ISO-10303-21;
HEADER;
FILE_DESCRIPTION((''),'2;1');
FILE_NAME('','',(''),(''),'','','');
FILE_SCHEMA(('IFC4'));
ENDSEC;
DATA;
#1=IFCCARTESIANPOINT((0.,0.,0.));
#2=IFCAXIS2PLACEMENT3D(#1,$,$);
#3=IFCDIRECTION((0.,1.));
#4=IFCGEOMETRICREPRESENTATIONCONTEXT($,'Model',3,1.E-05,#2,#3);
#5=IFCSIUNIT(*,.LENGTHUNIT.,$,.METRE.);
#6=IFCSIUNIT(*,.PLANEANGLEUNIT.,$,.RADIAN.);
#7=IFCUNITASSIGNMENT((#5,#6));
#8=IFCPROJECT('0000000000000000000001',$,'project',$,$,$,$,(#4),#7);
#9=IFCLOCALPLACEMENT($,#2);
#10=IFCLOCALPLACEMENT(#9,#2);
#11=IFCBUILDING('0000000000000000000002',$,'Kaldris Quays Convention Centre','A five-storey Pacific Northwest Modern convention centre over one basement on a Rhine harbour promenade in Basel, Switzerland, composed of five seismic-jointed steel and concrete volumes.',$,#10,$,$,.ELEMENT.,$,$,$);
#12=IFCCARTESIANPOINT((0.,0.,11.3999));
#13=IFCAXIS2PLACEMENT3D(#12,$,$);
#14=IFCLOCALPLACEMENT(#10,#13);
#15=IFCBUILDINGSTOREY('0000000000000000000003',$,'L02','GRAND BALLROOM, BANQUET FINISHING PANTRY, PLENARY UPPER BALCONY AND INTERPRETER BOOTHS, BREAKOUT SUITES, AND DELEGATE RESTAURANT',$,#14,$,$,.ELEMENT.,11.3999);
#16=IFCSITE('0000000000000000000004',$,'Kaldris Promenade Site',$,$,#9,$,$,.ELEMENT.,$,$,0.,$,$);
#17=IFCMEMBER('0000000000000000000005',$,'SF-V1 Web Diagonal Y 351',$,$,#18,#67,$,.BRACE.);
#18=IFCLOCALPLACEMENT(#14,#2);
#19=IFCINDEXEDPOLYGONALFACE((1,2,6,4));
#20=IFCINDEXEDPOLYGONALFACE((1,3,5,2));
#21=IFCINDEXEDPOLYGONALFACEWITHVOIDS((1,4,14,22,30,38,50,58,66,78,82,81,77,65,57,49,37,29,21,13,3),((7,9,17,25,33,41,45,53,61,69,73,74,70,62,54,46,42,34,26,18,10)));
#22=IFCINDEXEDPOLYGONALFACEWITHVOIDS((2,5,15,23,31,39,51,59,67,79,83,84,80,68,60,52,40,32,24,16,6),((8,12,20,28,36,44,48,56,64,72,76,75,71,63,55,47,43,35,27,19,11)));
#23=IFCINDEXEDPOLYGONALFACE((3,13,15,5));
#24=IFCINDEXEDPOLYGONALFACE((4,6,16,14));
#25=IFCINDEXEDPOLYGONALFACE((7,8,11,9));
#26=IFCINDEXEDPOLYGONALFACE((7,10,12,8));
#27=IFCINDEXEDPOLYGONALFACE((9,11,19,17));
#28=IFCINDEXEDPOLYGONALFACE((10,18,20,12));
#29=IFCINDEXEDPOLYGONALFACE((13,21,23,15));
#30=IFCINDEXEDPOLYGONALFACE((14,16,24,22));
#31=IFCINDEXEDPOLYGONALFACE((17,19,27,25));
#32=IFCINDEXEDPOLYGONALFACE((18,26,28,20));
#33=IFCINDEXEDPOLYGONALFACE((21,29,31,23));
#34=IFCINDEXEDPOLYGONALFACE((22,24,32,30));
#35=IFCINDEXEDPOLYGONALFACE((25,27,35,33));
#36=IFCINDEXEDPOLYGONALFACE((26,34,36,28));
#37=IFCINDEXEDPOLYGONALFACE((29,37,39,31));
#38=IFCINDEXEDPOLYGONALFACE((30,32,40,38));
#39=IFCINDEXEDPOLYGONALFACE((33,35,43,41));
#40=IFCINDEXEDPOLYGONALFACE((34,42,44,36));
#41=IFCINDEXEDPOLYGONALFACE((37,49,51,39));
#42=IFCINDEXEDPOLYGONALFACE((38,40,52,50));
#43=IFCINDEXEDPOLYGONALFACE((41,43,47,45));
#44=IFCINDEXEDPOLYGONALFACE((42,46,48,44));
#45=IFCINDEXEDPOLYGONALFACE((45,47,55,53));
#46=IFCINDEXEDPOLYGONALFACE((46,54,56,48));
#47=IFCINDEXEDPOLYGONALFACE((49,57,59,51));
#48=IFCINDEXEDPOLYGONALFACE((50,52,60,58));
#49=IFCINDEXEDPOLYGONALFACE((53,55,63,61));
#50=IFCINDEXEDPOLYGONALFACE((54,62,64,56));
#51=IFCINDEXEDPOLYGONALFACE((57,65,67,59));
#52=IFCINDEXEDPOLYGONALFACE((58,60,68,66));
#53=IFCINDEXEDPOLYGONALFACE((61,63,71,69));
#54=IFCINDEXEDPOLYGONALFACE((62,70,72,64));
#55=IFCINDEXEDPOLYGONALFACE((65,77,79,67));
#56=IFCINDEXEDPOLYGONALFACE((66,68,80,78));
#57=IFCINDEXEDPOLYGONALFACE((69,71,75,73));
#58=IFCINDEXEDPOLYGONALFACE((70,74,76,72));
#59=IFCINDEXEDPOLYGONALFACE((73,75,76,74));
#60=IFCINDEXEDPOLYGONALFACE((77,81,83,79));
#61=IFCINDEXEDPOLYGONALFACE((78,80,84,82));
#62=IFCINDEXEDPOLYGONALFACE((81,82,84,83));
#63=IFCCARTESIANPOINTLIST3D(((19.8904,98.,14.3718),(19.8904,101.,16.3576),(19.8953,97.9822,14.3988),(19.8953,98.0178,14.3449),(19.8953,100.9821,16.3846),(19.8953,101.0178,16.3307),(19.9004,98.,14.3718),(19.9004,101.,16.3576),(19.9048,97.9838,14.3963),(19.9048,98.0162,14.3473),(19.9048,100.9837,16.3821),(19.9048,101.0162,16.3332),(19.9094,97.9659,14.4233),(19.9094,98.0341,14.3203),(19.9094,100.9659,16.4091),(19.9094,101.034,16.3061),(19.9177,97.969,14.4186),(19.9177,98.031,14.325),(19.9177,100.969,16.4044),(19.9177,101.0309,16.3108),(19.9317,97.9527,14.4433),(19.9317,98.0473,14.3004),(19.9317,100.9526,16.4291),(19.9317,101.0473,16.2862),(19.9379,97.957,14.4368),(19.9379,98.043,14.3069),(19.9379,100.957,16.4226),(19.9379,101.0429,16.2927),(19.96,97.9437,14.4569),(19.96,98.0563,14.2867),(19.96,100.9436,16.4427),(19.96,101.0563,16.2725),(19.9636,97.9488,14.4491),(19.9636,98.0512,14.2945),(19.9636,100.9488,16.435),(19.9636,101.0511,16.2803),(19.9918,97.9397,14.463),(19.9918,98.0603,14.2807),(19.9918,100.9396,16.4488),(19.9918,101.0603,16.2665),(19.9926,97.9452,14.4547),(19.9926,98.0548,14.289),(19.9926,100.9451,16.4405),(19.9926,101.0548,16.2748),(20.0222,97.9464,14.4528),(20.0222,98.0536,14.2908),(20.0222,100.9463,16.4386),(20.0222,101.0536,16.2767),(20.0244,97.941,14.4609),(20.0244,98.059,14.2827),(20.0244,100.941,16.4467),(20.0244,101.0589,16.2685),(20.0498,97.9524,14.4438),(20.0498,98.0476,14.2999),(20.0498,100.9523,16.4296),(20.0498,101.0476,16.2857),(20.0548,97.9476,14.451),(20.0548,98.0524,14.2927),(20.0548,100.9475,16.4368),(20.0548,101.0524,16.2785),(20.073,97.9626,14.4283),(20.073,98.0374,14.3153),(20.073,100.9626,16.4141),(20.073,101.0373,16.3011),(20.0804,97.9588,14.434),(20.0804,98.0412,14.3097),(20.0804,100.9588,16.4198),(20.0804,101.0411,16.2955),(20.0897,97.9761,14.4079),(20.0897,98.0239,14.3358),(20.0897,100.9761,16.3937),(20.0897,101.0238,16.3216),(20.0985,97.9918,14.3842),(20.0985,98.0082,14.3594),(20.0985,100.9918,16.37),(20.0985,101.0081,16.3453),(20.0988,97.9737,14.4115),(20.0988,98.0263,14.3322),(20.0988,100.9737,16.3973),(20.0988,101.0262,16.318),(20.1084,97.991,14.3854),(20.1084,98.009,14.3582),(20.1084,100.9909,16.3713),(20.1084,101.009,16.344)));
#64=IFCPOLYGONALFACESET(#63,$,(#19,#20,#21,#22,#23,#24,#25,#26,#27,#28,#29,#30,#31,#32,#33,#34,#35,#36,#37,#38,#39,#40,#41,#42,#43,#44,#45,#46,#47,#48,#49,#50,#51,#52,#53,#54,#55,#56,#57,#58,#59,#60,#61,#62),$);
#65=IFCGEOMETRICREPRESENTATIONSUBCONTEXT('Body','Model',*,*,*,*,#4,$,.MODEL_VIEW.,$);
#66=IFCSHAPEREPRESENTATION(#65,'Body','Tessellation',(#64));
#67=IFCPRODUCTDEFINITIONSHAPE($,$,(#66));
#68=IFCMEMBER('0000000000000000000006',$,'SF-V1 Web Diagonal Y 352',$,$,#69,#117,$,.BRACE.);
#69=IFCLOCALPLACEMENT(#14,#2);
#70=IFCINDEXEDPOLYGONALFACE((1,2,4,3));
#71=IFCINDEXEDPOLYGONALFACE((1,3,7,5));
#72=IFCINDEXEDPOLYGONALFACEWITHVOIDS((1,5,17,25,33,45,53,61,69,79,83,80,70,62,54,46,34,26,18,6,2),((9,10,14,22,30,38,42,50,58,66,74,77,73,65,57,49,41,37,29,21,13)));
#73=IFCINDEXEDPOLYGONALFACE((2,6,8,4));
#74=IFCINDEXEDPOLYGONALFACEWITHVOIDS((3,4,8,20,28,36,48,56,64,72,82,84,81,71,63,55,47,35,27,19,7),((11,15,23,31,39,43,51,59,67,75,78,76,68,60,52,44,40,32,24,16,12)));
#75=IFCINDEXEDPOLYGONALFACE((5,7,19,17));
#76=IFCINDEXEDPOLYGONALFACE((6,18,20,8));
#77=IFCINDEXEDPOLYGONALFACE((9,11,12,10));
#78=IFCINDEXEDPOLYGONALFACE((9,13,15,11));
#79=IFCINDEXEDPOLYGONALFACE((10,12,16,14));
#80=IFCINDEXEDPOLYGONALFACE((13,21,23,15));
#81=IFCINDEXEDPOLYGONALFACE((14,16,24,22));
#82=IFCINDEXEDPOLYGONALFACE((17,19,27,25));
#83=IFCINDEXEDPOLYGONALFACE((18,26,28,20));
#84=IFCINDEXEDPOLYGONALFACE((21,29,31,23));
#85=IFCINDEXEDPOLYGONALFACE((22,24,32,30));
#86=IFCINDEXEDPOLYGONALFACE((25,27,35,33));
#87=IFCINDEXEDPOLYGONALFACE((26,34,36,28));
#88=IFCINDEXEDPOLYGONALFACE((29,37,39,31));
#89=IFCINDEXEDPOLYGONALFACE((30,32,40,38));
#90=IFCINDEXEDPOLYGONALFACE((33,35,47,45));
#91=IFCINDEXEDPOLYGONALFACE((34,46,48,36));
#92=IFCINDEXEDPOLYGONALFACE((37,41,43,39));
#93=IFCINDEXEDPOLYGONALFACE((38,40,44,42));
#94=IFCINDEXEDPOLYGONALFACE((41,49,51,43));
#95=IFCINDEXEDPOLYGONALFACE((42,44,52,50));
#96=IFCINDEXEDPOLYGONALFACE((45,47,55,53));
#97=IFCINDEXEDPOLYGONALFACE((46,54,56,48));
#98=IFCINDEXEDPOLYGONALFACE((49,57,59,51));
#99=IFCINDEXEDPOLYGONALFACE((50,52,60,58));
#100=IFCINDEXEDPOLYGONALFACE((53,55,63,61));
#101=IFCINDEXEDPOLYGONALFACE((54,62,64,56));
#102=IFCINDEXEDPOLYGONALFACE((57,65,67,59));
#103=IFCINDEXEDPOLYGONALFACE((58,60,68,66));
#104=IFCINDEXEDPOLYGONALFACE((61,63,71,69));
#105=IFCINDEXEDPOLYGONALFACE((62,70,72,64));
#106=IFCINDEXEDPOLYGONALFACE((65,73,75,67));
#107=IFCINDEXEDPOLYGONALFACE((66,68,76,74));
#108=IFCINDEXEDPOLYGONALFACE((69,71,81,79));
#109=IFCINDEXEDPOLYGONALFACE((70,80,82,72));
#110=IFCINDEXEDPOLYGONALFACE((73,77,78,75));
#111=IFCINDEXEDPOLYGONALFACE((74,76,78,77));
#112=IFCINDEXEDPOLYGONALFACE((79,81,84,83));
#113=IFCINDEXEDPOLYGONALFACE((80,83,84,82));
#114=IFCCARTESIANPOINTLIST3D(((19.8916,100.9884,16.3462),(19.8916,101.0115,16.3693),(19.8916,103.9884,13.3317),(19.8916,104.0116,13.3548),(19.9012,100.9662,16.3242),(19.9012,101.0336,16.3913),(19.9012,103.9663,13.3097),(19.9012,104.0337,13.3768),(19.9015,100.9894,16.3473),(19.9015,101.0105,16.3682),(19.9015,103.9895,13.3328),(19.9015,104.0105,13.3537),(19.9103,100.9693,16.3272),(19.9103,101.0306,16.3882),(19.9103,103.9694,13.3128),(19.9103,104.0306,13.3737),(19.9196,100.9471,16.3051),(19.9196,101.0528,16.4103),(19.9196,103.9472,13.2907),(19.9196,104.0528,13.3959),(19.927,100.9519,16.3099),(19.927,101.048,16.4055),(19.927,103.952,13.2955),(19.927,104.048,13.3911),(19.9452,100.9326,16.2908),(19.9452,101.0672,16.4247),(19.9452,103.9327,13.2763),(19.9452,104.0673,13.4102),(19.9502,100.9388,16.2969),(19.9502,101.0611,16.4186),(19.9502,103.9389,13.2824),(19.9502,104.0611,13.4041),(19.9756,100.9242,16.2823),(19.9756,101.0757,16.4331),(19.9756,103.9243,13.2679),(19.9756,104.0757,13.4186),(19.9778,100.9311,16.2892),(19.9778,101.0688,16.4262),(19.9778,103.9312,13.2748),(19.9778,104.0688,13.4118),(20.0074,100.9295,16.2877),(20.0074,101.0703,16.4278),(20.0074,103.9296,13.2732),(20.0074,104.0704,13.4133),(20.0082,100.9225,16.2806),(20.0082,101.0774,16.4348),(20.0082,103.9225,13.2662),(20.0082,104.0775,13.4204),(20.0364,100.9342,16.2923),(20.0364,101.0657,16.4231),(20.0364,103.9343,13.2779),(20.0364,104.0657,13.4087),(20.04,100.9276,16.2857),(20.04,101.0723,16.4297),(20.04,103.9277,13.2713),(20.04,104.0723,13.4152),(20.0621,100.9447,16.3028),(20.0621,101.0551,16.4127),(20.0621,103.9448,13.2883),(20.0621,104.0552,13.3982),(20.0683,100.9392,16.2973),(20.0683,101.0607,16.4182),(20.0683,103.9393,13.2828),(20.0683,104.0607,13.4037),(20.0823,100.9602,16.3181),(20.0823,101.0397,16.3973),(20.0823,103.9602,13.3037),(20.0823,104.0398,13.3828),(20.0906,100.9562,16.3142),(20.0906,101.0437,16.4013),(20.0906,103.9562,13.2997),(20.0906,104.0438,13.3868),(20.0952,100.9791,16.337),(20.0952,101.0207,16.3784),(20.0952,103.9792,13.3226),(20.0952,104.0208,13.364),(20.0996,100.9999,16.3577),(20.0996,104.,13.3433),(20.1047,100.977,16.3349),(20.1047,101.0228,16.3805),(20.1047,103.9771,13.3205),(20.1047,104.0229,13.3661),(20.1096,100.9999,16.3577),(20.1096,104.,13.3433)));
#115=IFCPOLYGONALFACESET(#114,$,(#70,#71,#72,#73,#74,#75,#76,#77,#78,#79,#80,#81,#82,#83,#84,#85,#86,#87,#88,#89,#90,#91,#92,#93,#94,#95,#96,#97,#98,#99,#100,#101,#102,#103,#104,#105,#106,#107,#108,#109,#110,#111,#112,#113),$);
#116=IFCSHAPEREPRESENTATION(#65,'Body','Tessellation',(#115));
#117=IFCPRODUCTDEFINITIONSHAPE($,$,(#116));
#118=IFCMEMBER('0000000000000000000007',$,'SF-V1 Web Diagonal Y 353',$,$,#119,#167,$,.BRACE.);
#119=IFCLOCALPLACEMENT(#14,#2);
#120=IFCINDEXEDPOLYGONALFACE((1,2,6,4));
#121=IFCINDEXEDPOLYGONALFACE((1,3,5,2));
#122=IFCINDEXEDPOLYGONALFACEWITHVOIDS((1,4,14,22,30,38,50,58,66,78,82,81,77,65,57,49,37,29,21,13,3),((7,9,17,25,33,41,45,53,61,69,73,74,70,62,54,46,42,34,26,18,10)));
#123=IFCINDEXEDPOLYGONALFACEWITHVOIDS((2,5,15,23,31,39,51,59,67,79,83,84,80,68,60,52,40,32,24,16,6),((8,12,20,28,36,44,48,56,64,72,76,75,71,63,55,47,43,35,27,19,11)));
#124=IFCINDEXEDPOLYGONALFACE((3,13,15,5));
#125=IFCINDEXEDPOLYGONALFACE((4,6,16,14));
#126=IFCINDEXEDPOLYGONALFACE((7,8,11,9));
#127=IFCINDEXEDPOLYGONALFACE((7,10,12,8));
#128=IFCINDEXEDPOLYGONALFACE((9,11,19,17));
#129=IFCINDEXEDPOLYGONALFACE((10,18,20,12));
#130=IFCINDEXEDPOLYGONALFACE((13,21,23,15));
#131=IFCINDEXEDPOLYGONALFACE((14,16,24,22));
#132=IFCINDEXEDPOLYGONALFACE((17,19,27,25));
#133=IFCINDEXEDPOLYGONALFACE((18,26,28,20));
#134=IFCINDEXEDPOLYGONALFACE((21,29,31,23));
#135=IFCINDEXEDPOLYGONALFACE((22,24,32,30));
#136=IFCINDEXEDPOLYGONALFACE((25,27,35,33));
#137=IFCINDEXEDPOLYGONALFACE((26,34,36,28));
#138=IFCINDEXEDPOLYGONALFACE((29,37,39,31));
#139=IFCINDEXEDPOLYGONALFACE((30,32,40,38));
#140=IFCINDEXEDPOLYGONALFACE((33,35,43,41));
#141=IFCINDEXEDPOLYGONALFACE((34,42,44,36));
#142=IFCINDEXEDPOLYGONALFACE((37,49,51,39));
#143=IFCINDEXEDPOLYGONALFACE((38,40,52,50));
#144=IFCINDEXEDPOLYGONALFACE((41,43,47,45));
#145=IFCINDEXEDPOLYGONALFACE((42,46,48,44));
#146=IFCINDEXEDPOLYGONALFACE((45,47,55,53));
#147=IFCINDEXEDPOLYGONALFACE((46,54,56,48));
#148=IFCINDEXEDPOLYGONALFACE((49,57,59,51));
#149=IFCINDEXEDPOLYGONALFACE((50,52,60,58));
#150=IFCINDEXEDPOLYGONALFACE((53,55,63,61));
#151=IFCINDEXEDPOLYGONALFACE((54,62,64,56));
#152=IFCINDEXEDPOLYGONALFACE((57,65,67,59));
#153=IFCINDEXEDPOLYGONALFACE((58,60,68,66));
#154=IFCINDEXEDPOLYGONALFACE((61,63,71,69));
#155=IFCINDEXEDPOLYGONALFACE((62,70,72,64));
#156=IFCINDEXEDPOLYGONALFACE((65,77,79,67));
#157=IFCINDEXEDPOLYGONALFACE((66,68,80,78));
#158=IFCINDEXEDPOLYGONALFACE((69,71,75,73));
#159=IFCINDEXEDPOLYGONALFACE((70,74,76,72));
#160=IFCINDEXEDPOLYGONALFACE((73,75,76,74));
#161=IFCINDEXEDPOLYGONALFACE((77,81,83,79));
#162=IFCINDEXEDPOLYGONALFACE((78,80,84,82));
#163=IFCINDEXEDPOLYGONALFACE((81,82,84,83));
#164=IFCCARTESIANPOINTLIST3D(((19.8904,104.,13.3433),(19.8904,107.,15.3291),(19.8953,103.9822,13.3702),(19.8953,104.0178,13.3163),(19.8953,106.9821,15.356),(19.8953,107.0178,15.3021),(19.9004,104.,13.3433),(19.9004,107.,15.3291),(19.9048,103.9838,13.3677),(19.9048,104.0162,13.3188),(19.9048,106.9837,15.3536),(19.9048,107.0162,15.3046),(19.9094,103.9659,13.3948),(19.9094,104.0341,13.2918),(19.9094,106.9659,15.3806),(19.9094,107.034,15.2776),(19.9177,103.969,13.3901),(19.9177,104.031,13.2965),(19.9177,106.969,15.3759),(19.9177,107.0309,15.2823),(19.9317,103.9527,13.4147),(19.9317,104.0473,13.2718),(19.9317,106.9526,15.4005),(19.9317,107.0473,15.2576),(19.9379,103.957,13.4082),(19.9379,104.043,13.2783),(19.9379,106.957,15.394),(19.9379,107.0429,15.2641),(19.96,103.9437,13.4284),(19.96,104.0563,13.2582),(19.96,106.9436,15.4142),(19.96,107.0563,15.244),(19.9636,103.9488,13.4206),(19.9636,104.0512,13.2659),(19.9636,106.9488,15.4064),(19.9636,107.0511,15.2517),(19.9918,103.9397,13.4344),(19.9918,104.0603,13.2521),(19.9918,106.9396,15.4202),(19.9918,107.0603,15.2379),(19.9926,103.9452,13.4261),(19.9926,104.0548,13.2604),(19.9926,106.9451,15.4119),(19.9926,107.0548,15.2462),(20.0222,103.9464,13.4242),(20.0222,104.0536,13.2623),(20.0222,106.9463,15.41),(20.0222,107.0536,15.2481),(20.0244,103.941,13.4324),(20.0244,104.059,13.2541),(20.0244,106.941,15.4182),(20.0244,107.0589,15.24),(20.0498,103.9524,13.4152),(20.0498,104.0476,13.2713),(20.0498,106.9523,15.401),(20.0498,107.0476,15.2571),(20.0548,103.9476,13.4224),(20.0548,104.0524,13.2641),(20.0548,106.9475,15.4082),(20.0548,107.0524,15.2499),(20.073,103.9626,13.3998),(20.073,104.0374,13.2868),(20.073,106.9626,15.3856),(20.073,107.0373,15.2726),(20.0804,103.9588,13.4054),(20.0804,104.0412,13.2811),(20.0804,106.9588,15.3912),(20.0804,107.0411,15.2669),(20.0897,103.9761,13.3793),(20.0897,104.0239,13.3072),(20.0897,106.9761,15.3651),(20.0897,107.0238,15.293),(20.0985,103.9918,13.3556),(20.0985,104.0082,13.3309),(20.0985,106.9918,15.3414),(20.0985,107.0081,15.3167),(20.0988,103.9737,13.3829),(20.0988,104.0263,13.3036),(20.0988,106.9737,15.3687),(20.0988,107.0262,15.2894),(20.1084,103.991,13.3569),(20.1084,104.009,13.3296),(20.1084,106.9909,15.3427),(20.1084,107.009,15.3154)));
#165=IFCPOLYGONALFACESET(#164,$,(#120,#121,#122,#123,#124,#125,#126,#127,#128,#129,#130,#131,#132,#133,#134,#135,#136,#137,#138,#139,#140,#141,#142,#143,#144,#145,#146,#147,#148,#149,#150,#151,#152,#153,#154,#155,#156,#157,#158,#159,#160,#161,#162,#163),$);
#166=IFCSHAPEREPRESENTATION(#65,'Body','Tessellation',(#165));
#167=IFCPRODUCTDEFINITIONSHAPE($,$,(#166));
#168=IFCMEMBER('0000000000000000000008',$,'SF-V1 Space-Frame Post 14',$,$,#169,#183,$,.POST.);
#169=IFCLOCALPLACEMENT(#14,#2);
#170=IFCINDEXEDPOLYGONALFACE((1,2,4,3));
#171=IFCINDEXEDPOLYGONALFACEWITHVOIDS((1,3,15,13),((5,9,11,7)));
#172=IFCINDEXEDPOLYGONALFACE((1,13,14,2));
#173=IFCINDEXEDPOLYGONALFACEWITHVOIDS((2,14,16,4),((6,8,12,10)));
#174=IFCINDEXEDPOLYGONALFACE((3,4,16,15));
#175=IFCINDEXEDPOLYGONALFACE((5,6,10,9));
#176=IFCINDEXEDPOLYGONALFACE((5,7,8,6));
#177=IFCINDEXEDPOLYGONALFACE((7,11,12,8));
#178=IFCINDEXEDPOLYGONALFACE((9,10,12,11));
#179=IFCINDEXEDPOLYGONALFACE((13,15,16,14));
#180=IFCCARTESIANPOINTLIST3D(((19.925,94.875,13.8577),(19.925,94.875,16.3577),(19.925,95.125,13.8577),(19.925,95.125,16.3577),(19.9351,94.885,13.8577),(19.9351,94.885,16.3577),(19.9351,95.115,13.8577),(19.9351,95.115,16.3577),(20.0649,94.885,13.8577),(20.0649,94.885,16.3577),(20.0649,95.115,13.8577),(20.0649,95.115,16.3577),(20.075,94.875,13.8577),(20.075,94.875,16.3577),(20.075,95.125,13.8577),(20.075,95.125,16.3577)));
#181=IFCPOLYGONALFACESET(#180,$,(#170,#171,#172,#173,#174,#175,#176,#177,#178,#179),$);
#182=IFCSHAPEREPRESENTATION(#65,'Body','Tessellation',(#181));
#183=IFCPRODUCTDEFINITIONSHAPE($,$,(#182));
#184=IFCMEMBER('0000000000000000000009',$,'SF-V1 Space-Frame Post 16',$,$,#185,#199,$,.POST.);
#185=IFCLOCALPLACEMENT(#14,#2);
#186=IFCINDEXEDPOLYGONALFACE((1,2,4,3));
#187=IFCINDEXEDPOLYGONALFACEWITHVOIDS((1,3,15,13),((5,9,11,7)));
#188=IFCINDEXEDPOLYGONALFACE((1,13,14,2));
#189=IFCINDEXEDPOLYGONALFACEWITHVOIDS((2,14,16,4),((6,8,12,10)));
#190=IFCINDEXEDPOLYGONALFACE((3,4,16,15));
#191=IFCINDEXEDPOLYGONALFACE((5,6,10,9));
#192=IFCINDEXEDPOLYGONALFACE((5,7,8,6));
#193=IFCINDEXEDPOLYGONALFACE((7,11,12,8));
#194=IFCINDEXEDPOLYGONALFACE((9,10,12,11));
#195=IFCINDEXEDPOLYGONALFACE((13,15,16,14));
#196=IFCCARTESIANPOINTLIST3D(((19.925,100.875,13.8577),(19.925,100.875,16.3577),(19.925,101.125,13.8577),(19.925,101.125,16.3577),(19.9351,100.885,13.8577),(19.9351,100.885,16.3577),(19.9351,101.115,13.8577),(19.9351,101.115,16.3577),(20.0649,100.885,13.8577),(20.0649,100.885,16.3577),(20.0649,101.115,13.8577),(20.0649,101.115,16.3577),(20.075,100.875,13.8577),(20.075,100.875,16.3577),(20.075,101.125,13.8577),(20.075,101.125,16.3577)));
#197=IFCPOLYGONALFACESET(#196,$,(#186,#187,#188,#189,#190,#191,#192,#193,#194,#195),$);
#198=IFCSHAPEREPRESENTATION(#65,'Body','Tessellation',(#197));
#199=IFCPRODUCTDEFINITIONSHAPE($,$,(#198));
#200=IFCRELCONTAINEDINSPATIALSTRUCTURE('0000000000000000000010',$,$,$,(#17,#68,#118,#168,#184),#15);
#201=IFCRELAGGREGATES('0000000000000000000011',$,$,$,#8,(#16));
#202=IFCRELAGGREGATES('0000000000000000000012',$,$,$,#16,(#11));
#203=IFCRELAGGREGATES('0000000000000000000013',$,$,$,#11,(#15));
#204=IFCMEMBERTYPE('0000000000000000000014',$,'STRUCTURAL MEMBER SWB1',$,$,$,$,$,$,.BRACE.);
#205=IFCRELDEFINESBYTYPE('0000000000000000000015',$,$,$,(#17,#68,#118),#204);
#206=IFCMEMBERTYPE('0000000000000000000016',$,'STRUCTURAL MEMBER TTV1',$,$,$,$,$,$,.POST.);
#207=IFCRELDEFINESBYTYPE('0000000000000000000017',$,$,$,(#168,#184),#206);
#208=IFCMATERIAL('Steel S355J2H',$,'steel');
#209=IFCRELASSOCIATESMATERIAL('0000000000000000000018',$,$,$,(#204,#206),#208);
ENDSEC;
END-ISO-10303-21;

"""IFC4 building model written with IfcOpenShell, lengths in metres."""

from ifc_helpers import new_model, si_unit, direction, frame, origin, origin_2d, place, context, subcontext, project, spatial, hollow_rectangle, hollow_circle, extrude, material, material_profile, profile_set, type_object, element, save


model = new_model("IFC4")

# Units and contexts
model_context = context("Model", 3, precision=1e-05, world=origin(), true_north=direction((0.0, 1.0)))
body_context = subcontext(model_context, "Body", "Model", "MODEL_VIEW")
ifc_project = project(units=[si_unit("LENGTHUNIT", "METRE"), si_unit("PLANEANGLEUNIT", "RADIAN")], contexts=[model_context])

# Site, building, storey
site_placement = place(None, origin())
site = spatial("IfcSite", under=ifc_project, at=site_placement, Name="Kaldris Promenade Site", CompositionType="ELEMENT", RefElevation=0.0)
building_placement = place(site_placement, origin())
building = spatial("IfcBuilding", under=site, at=building_placement, Name="Kaldris Quays Convention Centre", Description="A five-storey Pacific Northwest Modern convention centre over one basement on a Rhine harbour promenade in Basel, Switzerland, composed of five seismic-jointed steel and concrete volumes.", CompositionType="ELEMENT")
storey_placement = place(building_placement, frame((0.0, 0.0, 11.3999)))
storey = spatial("IfcBuildingStorey", under=building, at=storey_placement, Name="L02", Description="GRAND BALLROOM, BANQUET FINISHING PANTRY, PLENARY UPPER BALCONY AND INTERPRETER BOOTHS, BREAKOUT SUITES, AND DELEGATE RESTAURANT", CompositionType="ELEMENT", Elevation=11.3999)

# Members
ifc_material_1 = material(Name="Steel S355J2H", Category="steel")
ifc_material_profile_1 = material_profile(ifc_material_1, hollow_circle(Radius=0.1096, WallThickness=0.01, at=origin_2d()), Name="CHS 219.1x10")
ifc_profile_set_1 = profile_set([ifc_material_profile_1], Name="Steel S355J2H")
member_type_1 = type_object("IfcMemberType", Name="STRUCTURAL MEMBER SWB1", PredefinedType="BRACE", material=ifc_profile_set_1)
for number, where, z_axis, x_axis, name in (
    (1, (20.0, 98.0, 14.3718), (0.0, 0.833862, 0.551972), (-1.0, 0.0, 0.0), "SF-V1 Web Diagonal Y 351"),
):
    element("IfcMember", number, at=place(storey_placement, frame(where, z_axis=z_axis, x_axis=x_axis)), inside=storey, type_object=member_type_1, Name=name, PredefinedType="BRACE", context=body_context, shape_type="SweptSolid", body=[
        extrude(hollow_circle(Radius=0.1096, WallThickness=0.01, at=origin_2d()), origin(), (0.0, 0.0, 1.0), 3.5977),
    ])
member_1_placement = place(storey_placement, frame((20.0, 104.0, 13.3433), z_axis=(0.0, -0.705411, 0.708798), x_axis=(1.0, 0.0, 0.0)))
element("IfcMember", 2, at=member_1_placement, inside=storey, type_object=member_type_1, Name="SF-V1 Web Diagonal Y 352", PredefinedType="BRACE", context=body_context, shape_type="SweptSolid", body=[
    extrude(hollow_circle(Radius=0.1096, WallThickness=0.01, at=origin_2d()), origin(), (0.0, 0.0, 1.0), 4.2529),
])
member_2_placement = place(storey_placement, frame((20.0, 104.0, 13.3433), z_axis=(0.0, 0.833862, 0.551972), x_axis=(-1.0, 0.0, 0.0)))
element("IfcMember", 3, at=member_2_placement, inside=storey, type_object=member_type_1, Name="SF-V1 Web Diagonal Y 353", PredefinedType="BRACE", context=body_context, shape_type="SweptSolid", body=[
    extrude(hollow_circle(Radius=0.1096, WallThickness=0.01, at=origin_2d()), origin(), (0.0, 0.0, 1.0), 3.5977),
])
ifc_material_profile_2 = material_profile(ifc_material_1, hollow_rectangle(XDim=0.1499, YDim=0.25, WallThickness=0.01, at=origin_2d()), Name="RHS 250x150x10")
ifc_profile_set_2 = profile_set([ifc_material_profile_2], Name="Steel S355J2H")
member_type_2 = type_object("IfcMemberType", Name="STRUCTURAL MEMBER TTV1", PredefinedType="POST", material=ifc_profile_set_2)
for number, where, z_axis, x_axis, name in (
    (4, (20.0, 95.0, 13.8577), (0.0, 0.0, 1.0), (1.0, 0.0, 0.0), "SF-V1 Space-Frame Post 14"),
    (5, (20.0, 101.0, 13.8577), (0.0, 0.0, 1.0), (1.0, 0.0, 0.0), "SF-V1 Space-Frame Post 16"),
):
    element("IfcMember", number, at=place(storey_placement, frame(where, z_axis=z_axis, x_axis=x_axis)), inside=storey, type_object=member_type_2, Name=name, PredefinedType="POST", context=body_context, shape_type="SweptSolid", body=[
        extrude(hollow_rectangle(XDim=0.1499, YDim=0.25, WallThickness=0.01, at=origin_2d()), origin(), (0.0, 0.0, 1.0), 2.5),
    ])

save(model, "model.ifc")
